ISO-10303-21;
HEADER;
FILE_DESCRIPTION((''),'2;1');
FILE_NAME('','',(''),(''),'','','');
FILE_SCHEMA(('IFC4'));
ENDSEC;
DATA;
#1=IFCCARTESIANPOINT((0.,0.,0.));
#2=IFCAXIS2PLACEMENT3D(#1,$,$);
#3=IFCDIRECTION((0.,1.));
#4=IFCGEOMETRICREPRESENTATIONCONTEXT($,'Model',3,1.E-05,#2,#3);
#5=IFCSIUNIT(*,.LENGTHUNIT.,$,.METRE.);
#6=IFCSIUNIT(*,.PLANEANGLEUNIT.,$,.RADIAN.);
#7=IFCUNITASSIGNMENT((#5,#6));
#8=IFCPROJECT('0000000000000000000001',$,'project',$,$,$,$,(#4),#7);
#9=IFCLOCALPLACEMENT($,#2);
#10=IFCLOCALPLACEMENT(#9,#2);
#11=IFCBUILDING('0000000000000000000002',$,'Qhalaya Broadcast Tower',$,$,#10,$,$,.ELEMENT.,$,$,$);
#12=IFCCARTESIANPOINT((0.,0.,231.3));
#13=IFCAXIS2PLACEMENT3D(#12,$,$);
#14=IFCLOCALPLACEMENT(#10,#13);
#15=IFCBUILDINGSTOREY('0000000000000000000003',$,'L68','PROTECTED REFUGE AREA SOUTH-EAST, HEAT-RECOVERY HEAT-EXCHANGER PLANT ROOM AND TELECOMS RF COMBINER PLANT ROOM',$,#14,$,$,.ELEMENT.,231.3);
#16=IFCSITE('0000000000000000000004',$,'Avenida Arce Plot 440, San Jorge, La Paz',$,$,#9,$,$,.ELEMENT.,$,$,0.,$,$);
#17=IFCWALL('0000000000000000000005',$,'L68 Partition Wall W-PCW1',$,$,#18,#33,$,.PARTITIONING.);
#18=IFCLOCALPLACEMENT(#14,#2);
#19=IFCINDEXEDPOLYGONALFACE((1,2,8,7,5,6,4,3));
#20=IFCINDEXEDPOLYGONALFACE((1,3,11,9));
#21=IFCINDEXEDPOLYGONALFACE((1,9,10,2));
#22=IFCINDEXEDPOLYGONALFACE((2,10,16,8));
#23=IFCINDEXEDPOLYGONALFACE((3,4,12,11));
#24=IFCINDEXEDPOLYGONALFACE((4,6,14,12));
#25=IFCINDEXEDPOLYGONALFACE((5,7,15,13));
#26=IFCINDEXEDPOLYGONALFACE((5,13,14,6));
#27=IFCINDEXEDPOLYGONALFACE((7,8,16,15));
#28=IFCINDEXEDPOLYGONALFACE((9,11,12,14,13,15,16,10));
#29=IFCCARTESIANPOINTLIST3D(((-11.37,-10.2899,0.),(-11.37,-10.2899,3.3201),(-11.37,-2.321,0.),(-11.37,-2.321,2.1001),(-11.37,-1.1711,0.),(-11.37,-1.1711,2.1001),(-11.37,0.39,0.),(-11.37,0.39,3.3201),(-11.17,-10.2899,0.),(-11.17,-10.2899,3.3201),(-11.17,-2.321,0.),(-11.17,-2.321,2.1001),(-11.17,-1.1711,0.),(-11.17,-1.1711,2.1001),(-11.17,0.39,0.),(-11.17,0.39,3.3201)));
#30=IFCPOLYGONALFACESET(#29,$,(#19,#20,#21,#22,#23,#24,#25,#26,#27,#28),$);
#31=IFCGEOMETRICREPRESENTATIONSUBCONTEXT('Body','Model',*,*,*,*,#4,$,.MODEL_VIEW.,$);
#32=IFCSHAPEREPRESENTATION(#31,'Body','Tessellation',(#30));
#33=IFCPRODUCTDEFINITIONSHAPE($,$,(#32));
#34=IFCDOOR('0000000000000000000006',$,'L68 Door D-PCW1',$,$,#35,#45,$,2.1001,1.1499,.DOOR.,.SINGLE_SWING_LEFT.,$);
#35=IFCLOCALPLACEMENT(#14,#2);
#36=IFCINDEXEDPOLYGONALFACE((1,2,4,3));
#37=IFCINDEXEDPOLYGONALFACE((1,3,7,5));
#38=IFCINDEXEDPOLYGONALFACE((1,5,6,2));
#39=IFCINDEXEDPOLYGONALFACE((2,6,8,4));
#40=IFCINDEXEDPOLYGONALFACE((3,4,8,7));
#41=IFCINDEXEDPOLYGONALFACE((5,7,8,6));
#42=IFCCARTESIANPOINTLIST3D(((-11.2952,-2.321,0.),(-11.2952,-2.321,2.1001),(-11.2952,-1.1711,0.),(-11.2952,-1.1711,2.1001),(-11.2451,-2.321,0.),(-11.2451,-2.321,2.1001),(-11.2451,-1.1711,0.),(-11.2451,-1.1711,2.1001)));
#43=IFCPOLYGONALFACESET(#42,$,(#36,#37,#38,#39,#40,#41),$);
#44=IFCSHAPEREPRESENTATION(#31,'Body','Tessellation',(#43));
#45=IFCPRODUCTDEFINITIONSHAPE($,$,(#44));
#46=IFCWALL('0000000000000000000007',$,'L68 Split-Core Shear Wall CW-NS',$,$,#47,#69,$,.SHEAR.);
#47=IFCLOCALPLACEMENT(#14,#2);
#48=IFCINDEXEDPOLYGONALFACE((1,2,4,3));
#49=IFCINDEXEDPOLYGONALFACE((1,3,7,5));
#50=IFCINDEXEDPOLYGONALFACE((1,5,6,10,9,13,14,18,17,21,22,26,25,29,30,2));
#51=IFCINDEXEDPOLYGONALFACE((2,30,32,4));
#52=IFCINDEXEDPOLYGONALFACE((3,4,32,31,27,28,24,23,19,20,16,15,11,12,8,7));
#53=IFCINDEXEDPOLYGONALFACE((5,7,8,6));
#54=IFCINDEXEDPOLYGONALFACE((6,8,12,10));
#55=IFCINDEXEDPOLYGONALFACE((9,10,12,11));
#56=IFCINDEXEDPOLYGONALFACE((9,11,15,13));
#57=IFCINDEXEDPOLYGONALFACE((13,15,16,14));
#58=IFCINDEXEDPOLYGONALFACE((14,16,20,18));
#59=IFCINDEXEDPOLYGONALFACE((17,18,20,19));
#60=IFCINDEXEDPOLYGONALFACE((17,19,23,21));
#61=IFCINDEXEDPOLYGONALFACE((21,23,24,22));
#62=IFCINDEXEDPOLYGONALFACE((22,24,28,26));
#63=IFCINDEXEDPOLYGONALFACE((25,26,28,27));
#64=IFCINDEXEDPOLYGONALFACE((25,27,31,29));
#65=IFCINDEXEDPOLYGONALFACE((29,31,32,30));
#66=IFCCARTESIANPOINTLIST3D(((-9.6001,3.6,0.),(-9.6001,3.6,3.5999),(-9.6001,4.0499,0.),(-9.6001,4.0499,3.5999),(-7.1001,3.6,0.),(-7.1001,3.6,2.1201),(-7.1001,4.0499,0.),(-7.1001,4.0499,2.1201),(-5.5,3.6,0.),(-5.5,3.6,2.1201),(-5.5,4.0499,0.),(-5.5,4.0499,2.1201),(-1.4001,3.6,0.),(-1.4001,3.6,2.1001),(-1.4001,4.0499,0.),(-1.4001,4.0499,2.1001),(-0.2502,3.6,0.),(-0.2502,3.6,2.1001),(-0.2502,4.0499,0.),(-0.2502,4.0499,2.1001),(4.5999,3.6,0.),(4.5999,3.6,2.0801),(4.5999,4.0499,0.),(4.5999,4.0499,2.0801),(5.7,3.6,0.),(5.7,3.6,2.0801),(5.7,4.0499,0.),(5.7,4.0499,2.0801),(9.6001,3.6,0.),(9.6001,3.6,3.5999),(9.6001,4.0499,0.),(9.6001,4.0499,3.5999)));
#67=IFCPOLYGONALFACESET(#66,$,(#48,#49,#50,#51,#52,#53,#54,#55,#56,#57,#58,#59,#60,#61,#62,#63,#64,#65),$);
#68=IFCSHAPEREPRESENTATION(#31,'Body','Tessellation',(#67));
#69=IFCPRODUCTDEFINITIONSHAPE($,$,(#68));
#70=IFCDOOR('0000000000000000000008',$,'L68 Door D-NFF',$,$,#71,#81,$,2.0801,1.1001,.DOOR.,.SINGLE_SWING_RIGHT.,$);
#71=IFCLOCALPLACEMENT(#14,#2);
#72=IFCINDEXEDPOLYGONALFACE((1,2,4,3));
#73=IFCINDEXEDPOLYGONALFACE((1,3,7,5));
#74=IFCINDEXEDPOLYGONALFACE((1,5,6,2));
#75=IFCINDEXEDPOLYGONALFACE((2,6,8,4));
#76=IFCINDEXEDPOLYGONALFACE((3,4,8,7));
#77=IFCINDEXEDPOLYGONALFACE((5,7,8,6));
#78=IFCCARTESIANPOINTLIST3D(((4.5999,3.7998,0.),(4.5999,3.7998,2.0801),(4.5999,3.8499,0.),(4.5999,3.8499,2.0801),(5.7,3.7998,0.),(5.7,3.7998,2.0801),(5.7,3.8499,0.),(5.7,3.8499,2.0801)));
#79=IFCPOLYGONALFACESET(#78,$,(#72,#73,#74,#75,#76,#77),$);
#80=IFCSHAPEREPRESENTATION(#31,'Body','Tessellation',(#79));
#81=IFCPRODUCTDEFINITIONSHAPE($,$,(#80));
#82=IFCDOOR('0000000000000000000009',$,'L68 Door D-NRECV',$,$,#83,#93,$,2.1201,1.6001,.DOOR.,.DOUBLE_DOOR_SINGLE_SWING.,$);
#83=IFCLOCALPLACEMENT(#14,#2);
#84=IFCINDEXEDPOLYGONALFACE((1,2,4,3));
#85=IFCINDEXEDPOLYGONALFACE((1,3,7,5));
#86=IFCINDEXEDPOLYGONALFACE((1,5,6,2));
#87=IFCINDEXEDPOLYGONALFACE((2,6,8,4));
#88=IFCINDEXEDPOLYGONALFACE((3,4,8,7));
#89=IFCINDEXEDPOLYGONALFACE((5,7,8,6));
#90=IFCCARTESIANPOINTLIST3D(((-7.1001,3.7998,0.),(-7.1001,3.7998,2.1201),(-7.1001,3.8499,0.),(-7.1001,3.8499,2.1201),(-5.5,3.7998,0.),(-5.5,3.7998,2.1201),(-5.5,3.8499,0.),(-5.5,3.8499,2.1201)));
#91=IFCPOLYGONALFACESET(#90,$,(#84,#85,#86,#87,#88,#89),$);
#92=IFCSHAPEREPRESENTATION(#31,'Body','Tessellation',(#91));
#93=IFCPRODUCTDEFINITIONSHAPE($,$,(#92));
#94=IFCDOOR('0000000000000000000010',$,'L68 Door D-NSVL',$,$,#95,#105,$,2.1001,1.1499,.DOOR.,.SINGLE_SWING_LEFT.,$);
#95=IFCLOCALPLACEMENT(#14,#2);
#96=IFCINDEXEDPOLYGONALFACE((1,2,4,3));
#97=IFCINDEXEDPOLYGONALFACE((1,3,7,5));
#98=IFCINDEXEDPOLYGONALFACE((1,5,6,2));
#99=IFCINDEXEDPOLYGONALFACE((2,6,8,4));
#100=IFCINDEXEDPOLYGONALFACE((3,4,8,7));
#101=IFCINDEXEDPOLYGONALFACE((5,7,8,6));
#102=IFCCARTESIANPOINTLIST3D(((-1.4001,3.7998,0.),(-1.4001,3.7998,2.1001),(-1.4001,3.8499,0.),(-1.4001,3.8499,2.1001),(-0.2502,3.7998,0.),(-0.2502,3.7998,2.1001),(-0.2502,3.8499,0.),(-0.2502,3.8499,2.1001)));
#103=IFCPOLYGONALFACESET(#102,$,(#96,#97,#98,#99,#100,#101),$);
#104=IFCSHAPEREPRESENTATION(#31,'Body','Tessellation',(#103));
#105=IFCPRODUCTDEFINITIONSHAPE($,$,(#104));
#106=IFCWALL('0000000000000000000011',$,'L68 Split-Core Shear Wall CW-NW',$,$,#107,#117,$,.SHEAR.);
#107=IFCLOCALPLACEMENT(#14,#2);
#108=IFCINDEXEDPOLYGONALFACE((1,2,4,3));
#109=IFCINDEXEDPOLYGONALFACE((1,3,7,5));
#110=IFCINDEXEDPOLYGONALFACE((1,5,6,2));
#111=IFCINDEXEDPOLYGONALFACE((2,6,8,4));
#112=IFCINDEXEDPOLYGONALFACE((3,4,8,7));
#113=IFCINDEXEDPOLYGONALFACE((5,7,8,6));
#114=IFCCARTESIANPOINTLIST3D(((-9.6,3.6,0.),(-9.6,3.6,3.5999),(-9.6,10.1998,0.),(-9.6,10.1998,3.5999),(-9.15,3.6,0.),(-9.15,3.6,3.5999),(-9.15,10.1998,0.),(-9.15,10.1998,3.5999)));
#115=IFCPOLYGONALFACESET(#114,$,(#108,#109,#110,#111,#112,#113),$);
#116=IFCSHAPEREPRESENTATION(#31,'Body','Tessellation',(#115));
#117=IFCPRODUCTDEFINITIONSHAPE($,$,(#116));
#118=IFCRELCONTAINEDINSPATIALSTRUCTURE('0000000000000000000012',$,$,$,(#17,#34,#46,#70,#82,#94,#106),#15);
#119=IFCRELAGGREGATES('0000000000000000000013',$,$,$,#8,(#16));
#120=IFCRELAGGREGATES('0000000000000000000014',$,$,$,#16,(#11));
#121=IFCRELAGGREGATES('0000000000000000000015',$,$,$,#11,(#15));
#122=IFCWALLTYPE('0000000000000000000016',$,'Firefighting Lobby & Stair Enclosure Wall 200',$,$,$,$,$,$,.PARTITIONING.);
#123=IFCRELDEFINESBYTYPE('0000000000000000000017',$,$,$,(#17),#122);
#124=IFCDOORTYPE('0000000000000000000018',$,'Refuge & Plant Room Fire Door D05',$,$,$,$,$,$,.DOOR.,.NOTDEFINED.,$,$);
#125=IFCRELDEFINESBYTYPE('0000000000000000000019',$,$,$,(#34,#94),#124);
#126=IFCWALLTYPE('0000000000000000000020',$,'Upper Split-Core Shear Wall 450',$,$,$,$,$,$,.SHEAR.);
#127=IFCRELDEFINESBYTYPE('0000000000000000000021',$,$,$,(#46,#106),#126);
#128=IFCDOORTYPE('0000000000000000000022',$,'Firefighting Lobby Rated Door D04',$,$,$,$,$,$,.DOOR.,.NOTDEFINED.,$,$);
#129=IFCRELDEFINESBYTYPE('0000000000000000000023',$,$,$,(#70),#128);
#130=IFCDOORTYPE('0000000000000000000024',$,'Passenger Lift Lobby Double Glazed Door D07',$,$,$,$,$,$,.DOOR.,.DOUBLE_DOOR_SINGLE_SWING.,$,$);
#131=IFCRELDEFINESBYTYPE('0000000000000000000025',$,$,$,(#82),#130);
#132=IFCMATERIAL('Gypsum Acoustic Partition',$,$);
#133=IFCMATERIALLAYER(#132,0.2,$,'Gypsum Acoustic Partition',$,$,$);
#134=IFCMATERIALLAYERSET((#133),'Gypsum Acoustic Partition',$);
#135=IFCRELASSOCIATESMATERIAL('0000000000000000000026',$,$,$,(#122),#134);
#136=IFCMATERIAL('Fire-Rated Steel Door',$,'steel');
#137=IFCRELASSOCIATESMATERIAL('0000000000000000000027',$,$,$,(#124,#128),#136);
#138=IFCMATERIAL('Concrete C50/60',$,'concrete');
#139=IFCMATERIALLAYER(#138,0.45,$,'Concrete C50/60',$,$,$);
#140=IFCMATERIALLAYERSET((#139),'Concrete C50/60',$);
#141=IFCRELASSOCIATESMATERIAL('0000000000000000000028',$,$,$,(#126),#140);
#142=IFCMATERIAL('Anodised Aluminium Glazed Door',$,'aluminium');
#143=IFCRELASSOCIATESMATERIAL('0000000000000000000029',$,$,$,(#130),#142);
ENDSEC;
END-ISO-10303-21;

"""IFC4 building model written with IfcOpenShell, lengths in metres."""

from ifc_helpers import new_model, si_unit, direction, frame, frame_2d, origin, place, context, subcontext, project, spatial, rectangle, extrude, material, layer, layer_set, type_object, element, fill, save


model = new_model("IFC4")

# Units and contexts
model_context = context("Model", 3, precision=1e-05, world=origin(), true_north=direction((0.0, 1.0)))
body_context = subcontext(model_context, "Body", "Model", "MODEL_VIEW")
ifc_project = project(units=[si_unit("LENGTHUNIT", "METRE"), si_unit("PLANEANGLEUNIT", "RADIAN")], contexts=[model_context])

# Site, building, storey
site_placement = place(None, origin())
site = spatial("IfcSite", under=ifc_project, at=site_placement, Name="Avenida Arce Plot 440, San Jorge, La Paz", CompositionType="ELEMENT", RefElevation=0.0)
building_placement = place(site_placement, origin())
building = spatial("IfcBuilding", under=site, at=building_placement, Name="Qhalaya Broadcast Tower", CompositionType="ELEMENT")
storey_placement = place(building_placement, frame((0.0, 0.0, 231.3)))
storey = spatial("IfcBuildingStorey", under=building, at=storey_placement, Name="L68", Description="PROTECTED REFUGE AREA SOUTH-EAST, HEAT-RECOVERY HEAT-EXCHANGER PLANT ROOM AND TELECOMS RF COMBINER PLANT ROOM", CompositionType="ELEMENT", Elevation=231.3)

# Shared definitions
ifc_material_1 = material(Name="Concrete C50/60", Category="concrete")

# Wall, opening, door
ifc_material_2 = material(Name="Gypsum Acoustic Partition")
ifc_layer_1 = layer(ifc_material_2, 0.2, Name="Gypsum Acoustic Partition")
ifc_layer_set_1 = layer_set([ifc_layer_1], Name="Gypsum Acoustic Partition")
wall_type_1 = type_object("IfcWallType", Name="Firefighting Lobby & Stair Enclosure Wall 200", PredefinedType="PARTITIONING", material=ifc_layer_set_1)
wall_1_placement = place(storey_placement, frame((-11.27, 0.3899, 0.0), z_axis=(0.0, 0.0, 1.0), x_axis=(0.0, -1.0, 0.0)))
wall_1 = element("IfcWall", 1, at=wall_1_placement, inside=storey, type_object=wall_type_1, Name="L68 Partition Wall W-PCW1", PredefinedType="PARTITIONING", context=body_context, shape_type="SweptSolid", body=[
    extrude(rectangle(XDim=10.6799, YDim=0.2, at=frame_2d((5.3398, 0.0))), origin(), (0.0, 0.0, 1.0), 3.3201),
])
opening_1_placement = place(wall_1_placement, frame((1.561, 0.0, 0.0)))
opening_1 = element("IfcOpeningElement", 2, at=opening_1_placement, cuts=wall_1, PredefinedType="OPENING", context=body_context, shape_type="SweptSolid", body=[
    extrude(rectangle(XDim=1.1499, YDim=2.1001, at=frame_2d((0.575, 1.05))), frame((0.0, 0.1121, 0.0), z_axis=(0.0, -1.0, 0.0), x_axis=(1.0, 0.0, 0.0)), (0.0, 0.0, 1.0), 0.2239),
])
ifc_material_3 = material(Name="Fire-Rated Steel Door", Category="steel")
door_type_1 = type_object("IfcDoorType", Name="Refuge & Plant Room Fire Door D05", OperationType="NOTDEFINED", PredefinedType="DOOR", material=ifc_material_3)
door_1_placement = place(opening_1_placement, origin())
door_1 = element("IfcDoor", 3, at=door_1_placement, inside=storey, type_object=door_type_1, Name="L68 Door D-PCW1", OperationType="SINGLE_SWING_LEFT", OverallHeight=2.1001, OverallWidth=1.1499, PredefinedType="DOOR", context=body_context, shape_type="SweptSolid", body=[
    extrude(rectangle(XDim=1.1499, YDim=2.1001, at=frame_2d((0.575, 1.05))), frame((0.0, 0.0249, 0.0), z_axis=(0.0, -1.0, 0.0), x_axis=(1.0, 0.0, 0.0)), (0.0, 0.0, 1.0), 0.05),
])
fill(opening_1, door_1)

# Wall, openings, doors
ifc_layer_2 = layer(ifc_material_1, 0.45, Name="Concrete C50/60")
ifc_layer_set_2 = layer_set([ifc_layer_2], Name="Concrete C50/60")
wall_type_2 = type_object("IfcWallType", Name="Upper Split-Core Shear Wall 450", PredefinedType="SHEAR", material=ifc_layer_set_2)
wall_2_placement = place(storey_placement, frame((-9.6001, 3.825, 0.0), z_axis=(0.0, 0.0, 1.0), x_axis=(1.0, 0.0, 0.0)))
wall_2 = element("IfcWall", 4, at=wall_2_placement, inside=storey, type_object=wall_type_2, Name="L68 Split-Core Shear Wall CW-NS", PredefinedType="SHEAR", context=body_context, shape_type="SweptSolid", body=[
    extrude(rectangle(XDim=19.2002, YDim=0.45, at=frame_2d((9.6001, 0.0))), origin(), (0.0, 0.0, 1.0), 3.5999),
])
opening_2_placement = place(wall_2_placement, frame((14.2, 0.0, 0.0)))
opening_2 = element("IfcOpeningElement", 5, at=opening_2_placement, cuts=wall_2, PredefinedType="OPENING", context=body_context, shape_type="SweptSolid", body=[
    extrude(rectangle(XDim=1.1001, YDim=2.0801, at=frame_2d((0.55, 1.04))), frame((0.0, 0.2371, 0.0), z_axis=(0.0, -1.0, 0.0), x_axis=(1.0, 0.0, 0.0)), (0.0, 0.0, 1.0), 0.4739),
])
opening_3_placement = place(wall_2_placement, frame((8.2, 0.0, 0.0)))
opening_3 = element("IfcOpeningElement", 6, at=opening_3_placement, cuts=wall_2, PredefinedType="OPENING", context=body_context, shape_type="SweptSolid", body=[
    extrude(rectangle(XDim=1.1499, YDim=2.1001, at=frame_2d((0.575, 1.05))), frame((0.0, 0.2371, 0.0), z_axis=(0.0, -1.0, 0.0), x_axis=(1.0, 0.0, 0.0)), (0.0, 0.0, 1.0), 0.4739),
])
opening_4_placement = place(wall_2_placement, frame((2.5, 0.0, 0.0)))
opening_4 = element("IfcOpeningElement", 7, at=opening_4_placement, cuts=wall_2, PredefinedType="OPENING", context=body_context, shape_type="SweptSolid", body=[
    extrude(rectangle(XDim=1.6001, YDim=2.1201, at=frame_2d((0.8, 1.0601))), frame((0.0, 0.2371, 0.0), z_axis=(0.0, -1.0, 0.0), x_axis=(1.0, 0.0, 0.0)), (0.0, 0.0, 1.0), 0.4739),
])
door_type_2 = type_object("IfcDoorType", Name="Firefighting Lobby Rated Door D04", OperationType="NOTDEFINED", PredefinedType="DOOR", material=ifc_material_3)
door_2_placement = place(opening_2_placement, origin())
door_2 = element("IfcDoor", 8, at=door_2_placement, inside=storey, type_object=door_type_2, Name="L68 Door D-NFF", OperationType="SINGLE_SWING_RIGHT", OverallHeight=2.0801, OverallWidth=1.1001, PredefinedType="DOOR", context=body_context, shape_type="SweptSolid", body=[
    extrude(rectangle(XDim=1.1001, YDim=2.0801, at=frame_2d((0.55, 1.04))), frame((0.0, 0.0249, 0.0), z_axis=(0.0, -1.0, 0.0), x_axis=(1.0, 0.0, 0.0)), (0.0, 0.0, 1.0), 0.05),
])
fill(opening_2, door_2)
ifc_material_4 = material(Name="Anodised Aluminium Glazed Door", Category="aluminium")
door_type_3 = type_object("IfcDoorType", Name="Passenger Lift Lobby Double Glazed Door D07", OperationType="DOUBLE_DOOR_SINGLE_SWING", PredefinedType="DOOR", material=ifc_material_4)
door_3_placement = place(opening_4_placement, origin())
door_3 = element("IfcDoor", 9, at=door_3_placement, inside=storey, type_object=door_type_3, Name="L68 Door D-NRECV", OperationType="DOUBLE_DOOR_SINGLE_SWING", OverallHeight=2.1201, OverallWidth=1.6001, PredefinedType="DOOR", context=body_context, shape_type="SweptSolid", body=[
    extrude(rectangle(XDim=1.6001, YDim=2.1201, at=frame_2d((0.8, 1.0601))), frame((0.0, 0.0249, 0.0), z_axis=(0.0, -1.0, 0.0), x_axis=(1.0, 0.0, 0.0)), (0.0, 0.0, 1.0), 0.05),
])
fill(opening_4, door_3)
door_4_placement = place(opening_3_placement, origin())
door_4 = element("IfcDoor", 10, at=door_4_placement, inside=storey, type_object=door_type_1, Name="L68 Door D-NSVL", OperationType="SINGLE_SWING_LEFT", OverallHeight=2.1001, OverallWidth=1.1499, PredefinedType="DOOR", context=body_context, shape_type="SweptSolid", body=[
    extrude(rectangle(XDim=1.1499, YDim=2.1001, at=frame_2d((0.575, 1.05))), frame((0.0, 0.0249, 0.0), z_axis=(0.0, -1.0, 0.0), x_axis=(1.0, 0.0, 0.0)), (0.0, 0.0, 1.0), 0.05),
])
fill(opening_3, door_4)

# Wall
wall_3_placement = place(storey_placement, frame((-9.375, 3.6001, 0.0), z_axis=(0.0, 0.0, 1.0), x_axis=(0.0, 1.0, 0.0)))
element("IfcWall", 11, at=wall_3_placement, inside=storey, type_object=wall_type_2, Name="L68 Split-Core Shear Wall CW-NW", PredefinedType="SHEAR", context=body_context, shape_type="SweptSolid", body=[
    extrude(rectangle(XDim=6.5999, YDim=0.45, at=frame_2d((3.2998, 0.0))), origin(), (0.0, 0.0, 1.0), 3.5999),
])

save(model, "model.ifc")
